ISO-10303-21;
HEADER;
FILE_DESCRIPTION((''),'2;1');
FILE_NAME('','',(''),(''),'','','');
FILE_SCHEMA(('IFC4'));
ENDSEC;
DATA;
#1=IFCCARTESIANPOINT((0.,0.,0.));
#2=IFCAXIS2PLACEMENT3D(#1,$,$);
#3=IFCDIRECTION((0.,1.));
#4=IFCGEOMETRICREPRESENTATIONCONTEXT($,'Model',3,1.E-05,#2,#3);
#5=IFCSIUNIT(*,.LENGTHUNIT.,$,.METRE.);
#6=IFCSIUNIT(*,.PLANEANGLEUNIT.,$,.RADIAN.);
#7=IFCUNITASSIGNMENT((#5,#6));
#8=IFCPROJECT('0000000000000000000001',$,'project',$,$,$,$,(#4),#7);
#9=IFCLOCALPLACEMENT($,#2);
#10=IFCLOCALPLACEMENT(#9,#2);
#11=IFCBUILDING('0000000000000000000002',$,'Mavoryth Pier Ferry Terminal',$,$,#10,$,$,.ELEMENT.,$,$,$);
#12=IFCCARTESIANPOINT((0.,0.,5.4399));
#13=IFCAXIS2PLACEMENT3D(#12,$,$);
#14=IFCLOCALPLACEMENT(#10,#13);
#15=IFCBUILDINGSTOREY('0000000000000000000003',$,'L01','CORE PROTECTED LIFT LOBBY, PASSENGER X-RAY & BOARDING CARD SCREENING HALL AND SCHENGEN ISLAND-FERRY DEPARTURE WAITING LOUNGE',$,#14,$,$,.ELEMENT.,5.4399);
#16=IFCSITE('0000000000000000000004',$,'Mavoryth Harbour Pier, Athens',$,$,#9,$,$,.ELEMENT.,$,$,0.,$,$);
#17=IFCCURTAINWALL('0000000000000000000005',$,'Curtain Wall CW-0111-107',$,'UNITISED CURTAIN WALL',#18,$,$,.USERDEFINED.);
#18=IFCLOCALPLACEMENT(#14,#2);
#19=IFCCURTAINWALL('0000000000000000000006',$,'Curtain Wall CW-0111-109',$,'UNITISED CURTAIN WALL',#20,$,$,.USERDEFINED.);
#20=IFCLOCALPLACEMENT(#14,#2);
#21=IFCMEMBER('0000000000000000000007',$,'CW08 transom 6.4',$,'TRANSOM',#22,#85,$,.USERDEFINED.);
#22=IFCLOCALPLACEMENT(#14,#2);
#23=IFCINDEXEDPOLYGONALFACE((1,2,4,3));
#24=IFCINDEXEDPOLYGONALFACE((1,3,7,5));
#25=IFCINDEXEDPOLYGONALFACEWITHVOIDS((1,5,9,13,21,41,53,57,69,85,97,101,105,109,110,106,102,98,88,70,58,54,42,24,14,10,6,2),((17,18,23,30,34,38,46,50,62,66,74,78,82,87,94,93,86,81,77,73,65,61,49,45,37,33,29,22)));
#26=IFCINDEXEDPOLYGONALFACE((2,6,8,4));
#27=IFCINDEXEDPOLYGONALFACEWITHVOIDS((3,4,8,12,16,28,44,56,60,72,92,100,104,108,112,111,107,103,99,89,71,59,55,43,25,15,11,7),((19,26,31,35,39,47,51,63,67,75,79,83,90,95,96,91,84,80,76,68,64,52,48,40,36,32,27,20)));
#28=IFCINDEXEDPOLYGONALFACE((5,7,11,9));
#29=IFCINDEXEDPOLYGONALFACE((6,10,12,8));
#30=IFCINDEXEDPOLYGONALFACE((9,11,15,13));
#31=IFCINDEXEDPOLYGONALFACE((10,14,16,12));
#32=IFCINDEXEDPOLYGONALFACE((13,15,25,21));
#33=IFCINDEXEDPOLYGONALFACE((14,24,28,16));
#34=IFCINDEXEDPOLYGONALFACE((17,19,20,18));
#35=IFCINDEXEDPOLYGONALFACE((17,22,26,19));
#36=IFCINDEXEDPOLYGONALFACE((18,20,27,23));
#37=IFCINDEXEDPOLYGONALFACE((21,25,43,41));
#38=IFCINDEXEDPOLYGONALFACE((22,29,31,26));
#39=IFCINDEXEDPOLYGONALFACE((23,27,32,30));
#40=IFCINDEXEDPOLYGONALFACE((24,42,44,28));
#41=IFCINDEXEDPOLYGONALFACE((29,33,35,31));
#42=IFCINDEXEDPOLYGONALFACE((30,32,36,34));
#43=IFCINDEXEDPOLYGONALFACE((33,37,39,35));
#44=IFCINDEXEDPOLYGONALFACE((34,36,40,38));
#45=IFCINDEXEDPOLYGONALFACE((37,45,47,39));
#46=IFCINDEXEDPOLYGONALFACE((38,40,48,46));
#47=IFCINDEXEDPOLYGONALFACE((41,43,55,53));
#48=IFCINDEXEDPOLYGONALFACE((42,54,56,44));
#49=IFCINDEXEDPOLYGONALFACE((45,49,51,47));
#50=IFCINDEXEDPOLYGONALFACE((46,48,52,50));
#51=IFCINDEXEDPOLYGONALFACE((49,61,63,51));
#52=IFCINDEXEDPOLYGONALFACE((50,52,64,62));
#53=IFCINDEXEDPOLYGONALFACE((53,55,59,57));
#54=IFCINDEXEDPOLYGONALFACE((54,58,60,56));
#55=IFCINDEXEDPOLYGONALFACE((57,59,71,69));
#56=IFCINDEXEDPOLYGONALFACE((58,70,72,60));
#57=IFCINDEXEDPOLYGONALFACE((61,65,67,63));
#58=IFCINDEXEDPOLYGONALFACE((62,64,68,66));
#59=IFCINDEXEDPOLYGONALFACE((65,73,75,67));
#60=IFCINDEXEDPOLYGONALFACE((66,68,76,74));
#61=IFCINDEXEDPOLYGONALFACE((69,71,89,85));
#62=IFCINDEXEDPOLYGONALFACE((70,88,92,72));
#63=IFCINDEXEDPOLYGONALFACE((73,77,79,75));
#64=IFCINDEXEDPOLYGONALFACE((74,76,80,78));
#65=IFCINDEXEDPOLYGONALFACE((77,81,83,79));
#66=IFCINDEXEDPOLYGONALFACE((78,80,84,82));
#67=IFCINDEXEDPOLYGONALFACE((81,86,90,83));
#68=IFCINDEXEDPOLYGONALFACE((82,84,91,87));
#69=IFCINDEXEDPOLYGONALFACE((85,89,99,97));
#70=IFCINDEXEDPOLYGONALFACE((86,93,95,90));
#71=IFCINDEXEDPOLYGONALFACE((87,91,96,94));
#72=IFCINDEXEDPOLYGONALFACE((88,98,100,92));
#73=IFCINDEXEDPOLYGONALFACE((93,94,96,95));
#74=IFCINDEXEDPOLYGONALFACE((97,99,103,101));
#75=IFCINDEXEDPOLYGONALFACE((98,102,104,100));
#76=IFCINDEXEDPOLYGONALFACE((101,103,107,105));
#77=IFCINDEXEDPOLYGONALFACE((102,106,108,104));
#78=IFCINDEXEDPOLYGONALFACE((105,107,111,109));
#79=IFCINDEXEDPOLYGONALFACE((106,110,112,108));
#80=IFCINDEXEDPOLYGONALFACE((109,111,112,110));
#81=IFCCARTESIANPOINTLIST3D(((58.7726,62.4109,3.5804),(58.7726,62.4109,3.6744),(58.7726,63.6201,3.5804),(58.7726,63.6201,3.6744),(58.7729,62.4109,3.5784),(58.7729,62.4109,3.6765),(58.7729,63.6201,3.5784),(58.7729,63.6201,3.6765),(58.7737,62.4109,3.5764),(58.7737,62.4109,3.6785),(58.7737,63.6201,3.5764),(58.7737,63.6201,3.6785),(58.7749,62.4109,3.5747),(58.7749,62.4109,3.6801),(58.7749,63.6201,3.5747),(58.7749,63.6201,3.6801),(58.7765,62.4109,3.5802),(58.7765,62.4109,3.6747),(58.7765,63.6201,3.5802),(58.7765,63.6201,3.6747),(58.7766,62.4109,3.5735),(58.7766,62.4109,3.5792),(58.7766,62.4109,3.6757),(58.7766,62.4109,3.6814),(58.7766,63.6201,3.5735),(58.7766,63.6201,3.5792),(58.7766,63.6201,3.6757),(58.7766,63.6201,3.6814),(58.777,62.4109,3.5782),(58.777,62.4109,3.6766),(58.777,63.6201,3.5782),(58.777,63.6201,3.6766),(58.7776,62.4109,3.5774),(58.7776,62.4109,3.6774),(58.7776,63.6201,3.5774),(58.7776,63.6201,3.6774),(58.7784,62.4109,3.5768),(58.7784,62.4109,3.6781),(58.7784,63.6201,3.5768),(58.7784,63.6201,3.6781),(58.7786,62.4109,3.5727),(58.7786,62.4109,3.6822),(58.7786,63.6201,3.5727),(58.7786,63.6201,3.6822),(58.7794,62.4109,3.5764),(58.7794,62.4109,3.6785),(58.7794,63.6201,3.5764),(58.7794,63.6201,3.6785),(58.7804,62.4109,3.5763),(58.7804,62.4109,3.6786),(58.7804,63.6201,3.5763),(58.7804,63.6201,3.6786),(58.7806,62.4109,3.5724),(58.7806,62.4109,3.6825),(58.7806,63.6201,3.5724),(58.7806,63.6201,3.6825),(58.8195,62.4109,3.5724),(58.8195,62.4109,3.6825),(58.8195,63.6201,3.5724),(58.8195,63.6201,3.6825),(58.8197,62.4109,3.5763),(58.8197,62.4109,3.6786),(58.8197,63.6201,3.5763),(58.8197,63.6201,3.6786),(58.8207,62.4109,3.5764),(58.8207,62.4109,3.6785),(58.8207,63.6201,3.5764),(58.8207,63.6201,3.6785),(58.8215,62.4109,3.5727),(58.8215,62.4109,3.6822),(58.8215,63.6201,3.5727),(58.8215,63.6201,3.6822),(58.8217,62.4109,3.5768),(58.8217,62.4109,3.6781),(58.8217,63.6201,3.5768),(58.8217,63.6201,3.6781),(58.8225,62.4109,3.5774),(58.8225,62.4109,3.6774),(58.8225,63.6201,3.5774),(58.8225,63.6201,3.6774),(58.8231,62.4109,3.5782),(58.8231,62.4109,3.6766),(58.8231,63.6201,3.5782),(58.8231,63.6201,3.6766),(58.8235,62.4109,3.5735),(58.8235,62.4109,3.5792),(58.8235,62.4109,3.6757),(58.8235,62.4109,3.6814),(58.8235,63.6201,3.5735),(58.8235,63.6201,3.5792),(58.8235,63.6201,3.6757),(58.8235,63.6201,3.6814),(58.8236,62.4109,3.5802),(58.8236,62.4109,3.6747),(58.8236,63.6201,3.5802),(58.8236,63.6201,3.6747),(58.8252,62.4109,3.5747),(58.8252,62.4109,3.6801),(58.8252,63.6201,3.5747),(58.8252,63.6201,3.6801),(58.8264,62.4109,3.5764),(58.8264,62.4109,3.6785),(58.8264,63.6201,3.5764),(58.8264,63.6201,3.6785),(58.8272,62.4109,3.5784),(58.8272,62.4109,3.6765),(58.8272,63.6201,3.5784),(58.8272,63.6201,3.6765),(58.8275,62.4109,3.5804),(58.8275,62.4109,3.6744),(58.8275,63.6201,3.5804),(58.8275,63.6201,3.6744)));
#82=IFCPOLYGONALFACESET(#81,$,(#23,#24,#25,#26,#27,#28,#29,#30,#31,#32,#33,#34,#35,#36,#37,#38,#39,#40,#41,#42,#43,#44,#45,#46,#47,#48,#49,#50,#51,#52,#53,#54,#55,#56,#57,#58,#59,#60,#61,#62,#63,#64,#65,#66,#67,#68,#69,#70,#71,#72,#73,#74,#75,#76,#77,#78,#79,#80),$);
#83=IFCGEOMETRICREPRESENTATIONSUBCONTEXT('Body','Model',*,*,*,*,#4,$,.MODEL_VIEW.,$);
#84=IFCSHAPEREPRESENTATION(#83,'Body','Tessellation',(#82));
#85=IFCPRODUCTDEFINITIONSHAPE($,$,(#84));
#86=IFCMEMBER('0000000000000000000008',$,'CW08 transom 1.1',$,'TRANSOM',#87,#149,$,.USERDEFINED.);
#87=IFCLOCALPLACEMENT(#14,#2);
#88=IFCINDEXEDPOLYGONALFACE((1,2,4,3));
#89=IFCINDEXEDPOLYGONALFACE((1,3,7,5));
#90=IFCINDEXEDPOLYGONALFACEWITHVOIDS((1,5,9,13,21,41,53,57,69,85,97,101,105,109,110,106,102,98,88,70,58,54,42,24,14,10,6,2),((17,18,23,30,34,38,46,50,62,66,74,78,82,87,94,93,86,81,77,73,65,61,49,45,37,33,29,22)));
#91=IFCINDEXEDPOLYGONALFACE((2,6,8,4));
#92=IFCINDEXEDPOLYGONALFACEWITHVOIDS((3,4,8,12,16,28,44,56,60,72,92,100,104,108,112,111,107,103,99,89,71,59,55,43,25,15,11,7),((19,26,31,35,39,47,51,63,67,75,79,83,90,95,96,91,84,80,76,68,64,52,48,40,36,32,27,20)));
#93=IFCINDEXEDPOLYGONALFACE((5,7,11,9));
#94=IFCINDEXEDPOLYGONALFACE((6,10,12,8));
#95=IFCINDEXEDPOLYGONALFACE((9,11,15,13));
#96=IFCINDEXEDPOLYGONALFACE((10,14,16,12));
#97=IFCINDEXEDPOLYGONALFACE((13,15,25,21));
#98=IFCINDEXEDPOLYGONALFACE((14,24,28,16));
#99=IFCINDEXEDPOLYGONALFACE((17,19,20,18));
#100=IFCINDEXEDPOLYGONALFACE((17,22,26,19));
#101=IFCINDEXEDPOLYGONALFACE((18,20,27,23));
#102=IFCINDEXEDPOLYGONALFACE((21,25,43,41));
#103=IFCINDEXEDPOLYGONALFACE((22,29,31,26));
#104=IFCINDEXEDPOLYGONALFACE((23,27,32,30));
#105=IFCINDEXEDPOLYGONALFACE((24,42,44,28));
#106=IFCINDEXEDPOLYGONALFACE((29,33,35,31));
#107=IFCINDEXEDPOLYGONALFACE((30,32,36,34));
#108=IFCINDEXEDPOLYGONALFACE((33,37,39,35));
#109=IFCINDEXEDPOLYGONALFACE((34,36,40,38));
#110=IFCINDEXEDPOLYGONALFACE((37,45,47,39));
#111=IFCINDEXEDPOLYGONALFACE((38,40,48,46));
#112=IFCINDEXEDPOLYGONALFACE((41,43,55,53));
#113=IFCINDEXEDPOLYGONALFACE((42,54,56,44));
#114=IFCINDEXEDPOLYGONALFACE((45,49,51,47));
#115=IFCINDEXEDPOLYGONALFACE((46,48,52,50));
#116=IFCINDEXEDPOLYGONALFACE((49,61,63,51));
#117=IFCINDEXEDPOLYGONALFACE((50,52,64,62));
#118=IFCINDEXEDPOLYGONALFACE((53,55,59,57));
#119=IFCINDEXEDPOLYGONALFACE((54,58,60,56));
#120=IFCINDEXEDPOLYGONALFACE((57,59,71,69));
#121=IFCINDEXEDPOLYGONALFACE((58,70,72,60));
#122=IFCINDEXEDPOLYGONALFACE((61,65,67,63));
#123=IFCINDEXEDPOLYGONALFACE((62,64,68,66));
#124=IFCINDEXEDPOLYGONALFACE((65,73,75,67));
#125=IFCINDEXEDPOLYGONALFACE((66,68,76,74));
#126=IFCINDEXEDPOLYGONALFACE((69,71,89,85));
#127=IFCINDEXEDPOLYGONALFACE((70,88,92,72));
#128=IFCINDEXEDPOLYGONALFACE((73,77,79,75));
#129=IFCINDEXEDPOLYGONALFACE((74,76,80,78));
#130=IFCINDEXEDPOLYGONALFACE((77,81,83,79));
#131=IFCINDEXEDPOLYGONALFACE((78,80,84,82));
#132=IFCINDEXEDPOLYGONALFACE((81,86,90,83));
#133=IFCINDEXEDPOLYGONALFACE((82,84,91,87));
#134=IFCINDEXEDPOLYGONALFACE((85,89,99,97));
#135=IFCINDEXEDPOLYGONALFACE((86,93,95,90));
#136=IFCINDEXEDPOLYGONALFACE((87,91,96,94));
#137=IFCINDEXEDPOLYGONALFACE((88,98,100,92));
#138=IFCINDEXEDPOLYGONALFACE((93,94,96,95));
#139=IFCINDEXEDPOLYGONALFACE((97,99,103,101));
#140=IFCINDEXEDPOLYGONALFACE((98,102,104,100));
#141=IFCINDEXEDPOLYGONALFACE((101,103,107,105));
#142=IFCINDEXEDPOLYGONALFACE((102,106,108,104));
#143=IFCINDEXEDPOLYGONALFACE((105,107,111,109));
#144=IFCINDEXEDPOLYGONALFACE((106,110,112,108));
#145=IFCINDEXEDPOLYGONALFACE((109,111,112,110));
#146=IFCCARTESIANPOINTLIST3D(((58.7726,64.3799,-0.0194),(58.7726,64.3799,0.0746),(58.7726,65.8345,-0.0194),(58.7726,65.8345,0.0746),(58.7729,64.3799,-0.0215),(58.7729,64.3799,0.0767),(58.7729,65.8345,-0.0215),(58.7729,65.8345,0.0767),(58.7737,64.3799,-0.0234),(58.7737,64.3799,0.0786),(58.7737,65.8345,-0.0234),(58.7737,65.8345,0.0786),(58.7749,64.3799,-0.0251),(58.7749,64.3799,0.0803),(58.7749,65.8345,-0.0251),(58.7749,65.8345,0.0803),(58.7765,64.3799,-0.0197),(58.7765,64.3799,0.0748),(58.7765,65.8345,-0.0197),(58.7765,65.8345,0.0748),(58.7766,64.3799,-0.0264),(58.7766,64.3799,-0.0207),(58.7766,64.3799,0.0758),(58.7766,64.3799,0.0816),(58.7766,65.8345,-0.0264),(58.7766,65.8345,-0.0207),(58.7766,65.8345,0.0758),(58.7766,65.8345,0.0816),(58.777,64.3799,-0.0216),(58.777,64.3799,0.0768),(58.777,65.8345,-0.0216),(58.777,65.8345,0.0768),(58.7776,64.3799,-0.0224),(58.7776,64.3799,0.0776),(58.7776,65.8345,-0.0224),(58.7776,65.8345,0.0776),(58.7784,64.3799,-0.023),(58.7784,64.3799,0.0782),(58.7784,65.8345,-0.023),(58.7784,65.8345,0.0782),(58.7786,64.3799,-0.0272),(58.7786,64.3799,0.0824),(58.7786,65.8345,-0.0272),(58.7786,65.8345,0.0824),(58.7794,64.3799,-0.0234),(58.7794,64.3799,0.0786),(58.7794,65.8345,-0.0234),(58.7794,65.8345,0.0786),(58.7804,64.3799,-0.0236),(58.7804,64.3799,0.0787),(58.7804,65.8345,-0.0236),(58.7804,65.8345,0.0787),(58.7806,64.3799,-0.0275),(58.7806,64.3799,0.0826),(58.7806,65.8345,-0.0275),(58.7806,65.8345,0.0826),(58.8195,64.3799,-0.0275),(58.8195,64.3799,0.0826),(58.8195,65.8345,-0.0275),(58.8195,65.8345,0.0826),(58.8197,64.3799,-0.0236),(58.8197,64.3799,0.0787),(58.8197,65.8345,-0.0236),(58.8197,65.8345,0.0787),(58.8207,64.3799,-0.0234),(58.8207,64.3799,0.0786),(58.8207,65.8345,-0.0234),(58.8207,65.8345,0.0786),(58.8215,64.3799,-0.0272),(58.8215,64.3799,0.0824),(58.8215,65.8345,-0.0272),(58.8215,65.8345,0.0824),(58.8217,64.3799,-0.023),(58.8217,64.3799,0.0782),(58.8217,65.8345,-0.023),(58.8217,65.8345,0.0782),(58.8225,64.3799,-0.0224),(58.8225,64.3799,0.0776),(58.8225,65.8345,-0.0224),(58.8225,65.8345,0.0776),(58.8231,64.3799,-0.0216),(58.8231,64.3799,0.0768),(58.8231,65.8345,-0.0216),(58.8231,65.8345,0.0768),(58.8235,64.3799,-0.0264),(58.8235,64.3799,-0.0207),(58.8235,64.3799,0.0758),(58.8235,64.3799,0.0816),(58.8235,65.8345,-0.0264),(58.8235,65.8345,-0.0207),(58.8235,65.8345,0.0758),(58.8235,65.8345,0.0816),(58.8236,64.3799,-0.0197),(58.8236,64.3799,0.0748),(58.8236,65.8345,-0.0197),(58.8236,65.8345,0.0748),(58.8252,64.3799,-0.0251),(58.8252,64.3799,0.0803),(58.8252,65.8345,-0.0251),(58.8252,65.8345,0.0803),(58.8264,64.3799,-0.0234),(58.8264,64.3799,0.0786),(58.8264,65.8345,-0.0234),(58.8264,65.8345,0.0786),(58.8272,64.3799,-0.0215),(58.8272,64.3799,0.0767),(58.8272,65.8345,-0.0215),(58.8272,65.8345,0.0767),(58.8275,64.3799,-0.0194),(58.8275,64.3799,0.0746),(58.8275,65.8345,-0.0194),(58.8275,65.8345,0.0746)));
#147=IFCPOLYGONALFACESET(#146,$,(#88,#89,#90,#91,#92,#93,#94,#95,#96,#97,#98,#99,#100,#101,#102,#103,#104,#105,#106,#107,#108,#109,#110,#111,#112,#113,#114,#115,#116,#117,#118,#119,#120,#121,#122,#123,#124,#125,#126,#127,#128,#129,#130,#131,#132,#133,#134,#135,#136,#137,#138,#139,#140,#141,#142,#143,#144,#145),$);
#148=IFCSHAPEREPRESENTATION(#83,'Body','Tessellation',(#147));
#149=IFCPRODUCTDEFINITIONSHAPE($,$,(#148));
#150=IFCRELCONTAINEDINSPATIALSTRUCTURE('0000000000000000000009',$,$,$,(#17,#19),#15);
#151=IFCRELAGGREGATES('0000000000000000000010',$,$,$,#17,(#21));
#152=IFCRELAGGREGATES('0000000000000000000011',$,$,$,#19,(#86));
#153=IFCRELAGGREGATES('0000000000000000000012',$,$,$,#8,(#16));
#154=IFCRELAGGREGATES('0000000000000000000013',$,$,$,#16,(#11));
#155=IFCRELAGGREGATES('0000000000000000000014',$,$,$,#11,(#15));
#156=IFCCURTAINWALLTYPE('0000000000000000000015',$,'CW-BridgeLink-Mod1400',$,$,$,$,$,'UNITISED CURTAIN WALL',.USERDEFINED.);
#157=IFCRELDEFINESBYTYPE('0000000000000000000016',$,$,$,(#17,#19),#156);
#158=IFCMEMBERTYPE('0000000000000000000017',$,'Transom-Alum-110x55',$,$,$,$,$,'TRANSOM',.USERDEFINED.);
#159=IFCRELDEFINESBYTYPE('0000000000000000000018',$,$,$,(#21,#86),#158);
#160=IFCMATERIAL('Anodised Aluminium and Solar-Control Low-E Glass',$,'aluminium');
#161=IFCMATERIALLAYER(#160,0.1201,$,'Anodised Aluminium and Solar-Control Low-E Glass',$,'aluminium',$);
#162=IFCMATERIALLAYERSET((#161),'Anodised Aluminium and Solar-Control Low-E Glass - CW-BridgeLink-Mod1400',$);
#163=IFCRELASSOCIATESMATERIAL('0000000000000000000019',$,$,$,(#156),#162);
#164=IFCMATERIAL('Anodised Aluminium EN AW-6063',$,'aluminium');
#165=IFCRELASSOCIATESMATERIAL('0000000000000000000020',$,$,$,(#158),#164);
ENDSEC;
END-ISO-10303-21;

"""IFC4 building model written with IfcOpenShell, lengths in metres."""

from ifc_helpers import new_model, si_unit, direction, frame, origin, origin_2d, place, context, subcontext, project, spatial, hollow_rectangle, extrude, material, layer, layer_set, material_profile, profile_set, type_object, element, aggregate, save


model = new_model("IFC4")

# Units and contexts
model_context = context("Model", 3, precision=1e-05, world=origin(), true_north=direction((0.0, 1.0)))
body_context = subcontext(model_context, "Body", "Model", "MODEL_VIEW")
ifc_project = project(units=[si_unit("LENGTHUNIT", "METRE"), si_unit("PLANEANGLEUNIT", "RADIAN")], contexts=[model_context])

# Site, building, storey
site_placement = place(None, origin())
site = spatial("IfcSite", under=ifc_project, at=site_placement, Name="Mavoryth Harbour Pier, Athens", CompositionType="ELEMENT", RefElevation=0.0)
building_placement = place(site_placement, origin())
building = spatial("IfcBuilding", under=site, at=building_placement, Name="Mavoryth Pier Ferry Terminal", CompositionType="ELEMENT")
storey_placement = place(building_placement, frame((0.0, 0.0, 5.4399)))
storey = spatial("IfcBuildingStorey", under=building, at=storey_placement, Name="L01", Description="CORE PROTECTED LIFT LOBBY, PASSENGER X-RAY & BOARDING CARD SCREENING HALL AND SCHENGEN ISLAND-FERRY DEPARTURE WAITING LOUNGE", CompositionType="ELEMENT", Elevation=5.4399)

# Curtain walls
ifc_material_1 = material(Name="Anodised Aluminium and Solar-Control Low-E Glass", Category="aluminium")
ifc_layer_1 = layer(ifc_material_1, 0.1201, Name="Anodised Aluminium and Solar-Control Low-E Glass", Category="aluminium")
ifc_layer_set_1 = layer_set([ifc_layer_1], Name="Anodised Aluminium and Solar-Control Low-E Glass - CW-BridgeLink-Mod1400")
curtain_wall_type = type_object("IfcCurtainWallType", Name="CW-BridgeLink-Mod1400", ElementType="UNITISED CURTAIN WALL", PredefinedType="USERDEFINED", material=ifc_layer_set_1)
curtain_wall_1_placement = place(storey_placement, origin())
curtain_wall_1 = element("IfcCurtainWall", 1, at=curtain_wall_1_placement, inside=storey, type_object=curtain_wall_type, Name="Curtain Wall CW-0111-107", ObjectType="UNITISED CURTAIN WALL", PredefinedType="USERDEFINED")
ifc_material_2 = material(Name="Anodised Aluminium EN AW-6063", Category="aluminium")
curtain_wall_2_placement = place(storey_placement, origin())
curtain_wall_2 = element("IfcCurtainWall", 2, at=curtain_wall_2_placement, inside=storey, type_object=curtain_wall_type, Name="Curtain Wall CW-0111-109", ObjectType="UNITISED CURTAIN WALL", PredefinedType="USERDEFINED")

# Members
ifc_material_profile_1 = material_profile(ifc_material_2, hollow_rectangle(XDim=0.0549, YDim=0.1101, WallThickness=0.0039, InnerFilletRadius=0.0039, OuterFilletRadius=0.0081, at=origin_2d()), Name="AL-TRAN 110x55x4", Category="aluminium")
ifc_profile_set_1 = profile_set([ifc_material_profile_1], Name="Anodised Aluminium EN AW-6063 - AL-TRAN 110x55x4")
member_type_1 = type_object("IfcMemberType", Name="Transom-Alum-110x55", ElementType="TRANSOM", PredefinedType="USERDEFINED", material=ifc_profile_set_1)
member_1_placement = place(storey_placement, frame((58.8, 62.4109, 3.6274), z_axis=(0.0, 1.0, 0.0), x_axis=(-1.0, 0.0, 0.0)))
member_1 = element("IfcMember", 3, at=member_1_placement, type_object=member_type_1, Name="CW08 transom 6.4", ObjectType="TRANSOM", PredefinedType="USERDEFINED", context=body_context, shape_type="SweptSolid", body=[
    extrude(hollow_rectangle(XDim=0.0549, YDim=0.1101, WallThickness=0.0039, InnerFilletRadius=0.0039, OuterFilletRadius=0.0081, at=origin_2d()), origin(), (0.0, 0.0, 1.0), 1.2092),
])
member_2_placement = place(storey_placement, frame((58.8, 64.3799, 0.0276), z_axis=(0.0, 1.0, 0.0), x_axis=(-1.0, 0.0, 0.0)))
member_2 = element("IfcMember", 4, at=member_2_placement, type_object=member_type_1, Name="CW08 transom 1.1", ObjectType="TRANSOM", PredefinedType="USERDEFINED", context=body_context, shape_type="SweptSolid", body=[
    extrude(hollow_rectangle(XDim=0.0549, YDim=0.1101, WallThickness=0.0039, InnerFilletRadius=0.0039, OuterFilletRadius=0.0081, at=origin_2d()), origin(), (0.0, 0.0, 1.0), 1.4546),
])

aggregate(curtain_wall_1, [member_1])
aggregate(curtain_wall_2, [member_2])

save(model, "model.ifc")
